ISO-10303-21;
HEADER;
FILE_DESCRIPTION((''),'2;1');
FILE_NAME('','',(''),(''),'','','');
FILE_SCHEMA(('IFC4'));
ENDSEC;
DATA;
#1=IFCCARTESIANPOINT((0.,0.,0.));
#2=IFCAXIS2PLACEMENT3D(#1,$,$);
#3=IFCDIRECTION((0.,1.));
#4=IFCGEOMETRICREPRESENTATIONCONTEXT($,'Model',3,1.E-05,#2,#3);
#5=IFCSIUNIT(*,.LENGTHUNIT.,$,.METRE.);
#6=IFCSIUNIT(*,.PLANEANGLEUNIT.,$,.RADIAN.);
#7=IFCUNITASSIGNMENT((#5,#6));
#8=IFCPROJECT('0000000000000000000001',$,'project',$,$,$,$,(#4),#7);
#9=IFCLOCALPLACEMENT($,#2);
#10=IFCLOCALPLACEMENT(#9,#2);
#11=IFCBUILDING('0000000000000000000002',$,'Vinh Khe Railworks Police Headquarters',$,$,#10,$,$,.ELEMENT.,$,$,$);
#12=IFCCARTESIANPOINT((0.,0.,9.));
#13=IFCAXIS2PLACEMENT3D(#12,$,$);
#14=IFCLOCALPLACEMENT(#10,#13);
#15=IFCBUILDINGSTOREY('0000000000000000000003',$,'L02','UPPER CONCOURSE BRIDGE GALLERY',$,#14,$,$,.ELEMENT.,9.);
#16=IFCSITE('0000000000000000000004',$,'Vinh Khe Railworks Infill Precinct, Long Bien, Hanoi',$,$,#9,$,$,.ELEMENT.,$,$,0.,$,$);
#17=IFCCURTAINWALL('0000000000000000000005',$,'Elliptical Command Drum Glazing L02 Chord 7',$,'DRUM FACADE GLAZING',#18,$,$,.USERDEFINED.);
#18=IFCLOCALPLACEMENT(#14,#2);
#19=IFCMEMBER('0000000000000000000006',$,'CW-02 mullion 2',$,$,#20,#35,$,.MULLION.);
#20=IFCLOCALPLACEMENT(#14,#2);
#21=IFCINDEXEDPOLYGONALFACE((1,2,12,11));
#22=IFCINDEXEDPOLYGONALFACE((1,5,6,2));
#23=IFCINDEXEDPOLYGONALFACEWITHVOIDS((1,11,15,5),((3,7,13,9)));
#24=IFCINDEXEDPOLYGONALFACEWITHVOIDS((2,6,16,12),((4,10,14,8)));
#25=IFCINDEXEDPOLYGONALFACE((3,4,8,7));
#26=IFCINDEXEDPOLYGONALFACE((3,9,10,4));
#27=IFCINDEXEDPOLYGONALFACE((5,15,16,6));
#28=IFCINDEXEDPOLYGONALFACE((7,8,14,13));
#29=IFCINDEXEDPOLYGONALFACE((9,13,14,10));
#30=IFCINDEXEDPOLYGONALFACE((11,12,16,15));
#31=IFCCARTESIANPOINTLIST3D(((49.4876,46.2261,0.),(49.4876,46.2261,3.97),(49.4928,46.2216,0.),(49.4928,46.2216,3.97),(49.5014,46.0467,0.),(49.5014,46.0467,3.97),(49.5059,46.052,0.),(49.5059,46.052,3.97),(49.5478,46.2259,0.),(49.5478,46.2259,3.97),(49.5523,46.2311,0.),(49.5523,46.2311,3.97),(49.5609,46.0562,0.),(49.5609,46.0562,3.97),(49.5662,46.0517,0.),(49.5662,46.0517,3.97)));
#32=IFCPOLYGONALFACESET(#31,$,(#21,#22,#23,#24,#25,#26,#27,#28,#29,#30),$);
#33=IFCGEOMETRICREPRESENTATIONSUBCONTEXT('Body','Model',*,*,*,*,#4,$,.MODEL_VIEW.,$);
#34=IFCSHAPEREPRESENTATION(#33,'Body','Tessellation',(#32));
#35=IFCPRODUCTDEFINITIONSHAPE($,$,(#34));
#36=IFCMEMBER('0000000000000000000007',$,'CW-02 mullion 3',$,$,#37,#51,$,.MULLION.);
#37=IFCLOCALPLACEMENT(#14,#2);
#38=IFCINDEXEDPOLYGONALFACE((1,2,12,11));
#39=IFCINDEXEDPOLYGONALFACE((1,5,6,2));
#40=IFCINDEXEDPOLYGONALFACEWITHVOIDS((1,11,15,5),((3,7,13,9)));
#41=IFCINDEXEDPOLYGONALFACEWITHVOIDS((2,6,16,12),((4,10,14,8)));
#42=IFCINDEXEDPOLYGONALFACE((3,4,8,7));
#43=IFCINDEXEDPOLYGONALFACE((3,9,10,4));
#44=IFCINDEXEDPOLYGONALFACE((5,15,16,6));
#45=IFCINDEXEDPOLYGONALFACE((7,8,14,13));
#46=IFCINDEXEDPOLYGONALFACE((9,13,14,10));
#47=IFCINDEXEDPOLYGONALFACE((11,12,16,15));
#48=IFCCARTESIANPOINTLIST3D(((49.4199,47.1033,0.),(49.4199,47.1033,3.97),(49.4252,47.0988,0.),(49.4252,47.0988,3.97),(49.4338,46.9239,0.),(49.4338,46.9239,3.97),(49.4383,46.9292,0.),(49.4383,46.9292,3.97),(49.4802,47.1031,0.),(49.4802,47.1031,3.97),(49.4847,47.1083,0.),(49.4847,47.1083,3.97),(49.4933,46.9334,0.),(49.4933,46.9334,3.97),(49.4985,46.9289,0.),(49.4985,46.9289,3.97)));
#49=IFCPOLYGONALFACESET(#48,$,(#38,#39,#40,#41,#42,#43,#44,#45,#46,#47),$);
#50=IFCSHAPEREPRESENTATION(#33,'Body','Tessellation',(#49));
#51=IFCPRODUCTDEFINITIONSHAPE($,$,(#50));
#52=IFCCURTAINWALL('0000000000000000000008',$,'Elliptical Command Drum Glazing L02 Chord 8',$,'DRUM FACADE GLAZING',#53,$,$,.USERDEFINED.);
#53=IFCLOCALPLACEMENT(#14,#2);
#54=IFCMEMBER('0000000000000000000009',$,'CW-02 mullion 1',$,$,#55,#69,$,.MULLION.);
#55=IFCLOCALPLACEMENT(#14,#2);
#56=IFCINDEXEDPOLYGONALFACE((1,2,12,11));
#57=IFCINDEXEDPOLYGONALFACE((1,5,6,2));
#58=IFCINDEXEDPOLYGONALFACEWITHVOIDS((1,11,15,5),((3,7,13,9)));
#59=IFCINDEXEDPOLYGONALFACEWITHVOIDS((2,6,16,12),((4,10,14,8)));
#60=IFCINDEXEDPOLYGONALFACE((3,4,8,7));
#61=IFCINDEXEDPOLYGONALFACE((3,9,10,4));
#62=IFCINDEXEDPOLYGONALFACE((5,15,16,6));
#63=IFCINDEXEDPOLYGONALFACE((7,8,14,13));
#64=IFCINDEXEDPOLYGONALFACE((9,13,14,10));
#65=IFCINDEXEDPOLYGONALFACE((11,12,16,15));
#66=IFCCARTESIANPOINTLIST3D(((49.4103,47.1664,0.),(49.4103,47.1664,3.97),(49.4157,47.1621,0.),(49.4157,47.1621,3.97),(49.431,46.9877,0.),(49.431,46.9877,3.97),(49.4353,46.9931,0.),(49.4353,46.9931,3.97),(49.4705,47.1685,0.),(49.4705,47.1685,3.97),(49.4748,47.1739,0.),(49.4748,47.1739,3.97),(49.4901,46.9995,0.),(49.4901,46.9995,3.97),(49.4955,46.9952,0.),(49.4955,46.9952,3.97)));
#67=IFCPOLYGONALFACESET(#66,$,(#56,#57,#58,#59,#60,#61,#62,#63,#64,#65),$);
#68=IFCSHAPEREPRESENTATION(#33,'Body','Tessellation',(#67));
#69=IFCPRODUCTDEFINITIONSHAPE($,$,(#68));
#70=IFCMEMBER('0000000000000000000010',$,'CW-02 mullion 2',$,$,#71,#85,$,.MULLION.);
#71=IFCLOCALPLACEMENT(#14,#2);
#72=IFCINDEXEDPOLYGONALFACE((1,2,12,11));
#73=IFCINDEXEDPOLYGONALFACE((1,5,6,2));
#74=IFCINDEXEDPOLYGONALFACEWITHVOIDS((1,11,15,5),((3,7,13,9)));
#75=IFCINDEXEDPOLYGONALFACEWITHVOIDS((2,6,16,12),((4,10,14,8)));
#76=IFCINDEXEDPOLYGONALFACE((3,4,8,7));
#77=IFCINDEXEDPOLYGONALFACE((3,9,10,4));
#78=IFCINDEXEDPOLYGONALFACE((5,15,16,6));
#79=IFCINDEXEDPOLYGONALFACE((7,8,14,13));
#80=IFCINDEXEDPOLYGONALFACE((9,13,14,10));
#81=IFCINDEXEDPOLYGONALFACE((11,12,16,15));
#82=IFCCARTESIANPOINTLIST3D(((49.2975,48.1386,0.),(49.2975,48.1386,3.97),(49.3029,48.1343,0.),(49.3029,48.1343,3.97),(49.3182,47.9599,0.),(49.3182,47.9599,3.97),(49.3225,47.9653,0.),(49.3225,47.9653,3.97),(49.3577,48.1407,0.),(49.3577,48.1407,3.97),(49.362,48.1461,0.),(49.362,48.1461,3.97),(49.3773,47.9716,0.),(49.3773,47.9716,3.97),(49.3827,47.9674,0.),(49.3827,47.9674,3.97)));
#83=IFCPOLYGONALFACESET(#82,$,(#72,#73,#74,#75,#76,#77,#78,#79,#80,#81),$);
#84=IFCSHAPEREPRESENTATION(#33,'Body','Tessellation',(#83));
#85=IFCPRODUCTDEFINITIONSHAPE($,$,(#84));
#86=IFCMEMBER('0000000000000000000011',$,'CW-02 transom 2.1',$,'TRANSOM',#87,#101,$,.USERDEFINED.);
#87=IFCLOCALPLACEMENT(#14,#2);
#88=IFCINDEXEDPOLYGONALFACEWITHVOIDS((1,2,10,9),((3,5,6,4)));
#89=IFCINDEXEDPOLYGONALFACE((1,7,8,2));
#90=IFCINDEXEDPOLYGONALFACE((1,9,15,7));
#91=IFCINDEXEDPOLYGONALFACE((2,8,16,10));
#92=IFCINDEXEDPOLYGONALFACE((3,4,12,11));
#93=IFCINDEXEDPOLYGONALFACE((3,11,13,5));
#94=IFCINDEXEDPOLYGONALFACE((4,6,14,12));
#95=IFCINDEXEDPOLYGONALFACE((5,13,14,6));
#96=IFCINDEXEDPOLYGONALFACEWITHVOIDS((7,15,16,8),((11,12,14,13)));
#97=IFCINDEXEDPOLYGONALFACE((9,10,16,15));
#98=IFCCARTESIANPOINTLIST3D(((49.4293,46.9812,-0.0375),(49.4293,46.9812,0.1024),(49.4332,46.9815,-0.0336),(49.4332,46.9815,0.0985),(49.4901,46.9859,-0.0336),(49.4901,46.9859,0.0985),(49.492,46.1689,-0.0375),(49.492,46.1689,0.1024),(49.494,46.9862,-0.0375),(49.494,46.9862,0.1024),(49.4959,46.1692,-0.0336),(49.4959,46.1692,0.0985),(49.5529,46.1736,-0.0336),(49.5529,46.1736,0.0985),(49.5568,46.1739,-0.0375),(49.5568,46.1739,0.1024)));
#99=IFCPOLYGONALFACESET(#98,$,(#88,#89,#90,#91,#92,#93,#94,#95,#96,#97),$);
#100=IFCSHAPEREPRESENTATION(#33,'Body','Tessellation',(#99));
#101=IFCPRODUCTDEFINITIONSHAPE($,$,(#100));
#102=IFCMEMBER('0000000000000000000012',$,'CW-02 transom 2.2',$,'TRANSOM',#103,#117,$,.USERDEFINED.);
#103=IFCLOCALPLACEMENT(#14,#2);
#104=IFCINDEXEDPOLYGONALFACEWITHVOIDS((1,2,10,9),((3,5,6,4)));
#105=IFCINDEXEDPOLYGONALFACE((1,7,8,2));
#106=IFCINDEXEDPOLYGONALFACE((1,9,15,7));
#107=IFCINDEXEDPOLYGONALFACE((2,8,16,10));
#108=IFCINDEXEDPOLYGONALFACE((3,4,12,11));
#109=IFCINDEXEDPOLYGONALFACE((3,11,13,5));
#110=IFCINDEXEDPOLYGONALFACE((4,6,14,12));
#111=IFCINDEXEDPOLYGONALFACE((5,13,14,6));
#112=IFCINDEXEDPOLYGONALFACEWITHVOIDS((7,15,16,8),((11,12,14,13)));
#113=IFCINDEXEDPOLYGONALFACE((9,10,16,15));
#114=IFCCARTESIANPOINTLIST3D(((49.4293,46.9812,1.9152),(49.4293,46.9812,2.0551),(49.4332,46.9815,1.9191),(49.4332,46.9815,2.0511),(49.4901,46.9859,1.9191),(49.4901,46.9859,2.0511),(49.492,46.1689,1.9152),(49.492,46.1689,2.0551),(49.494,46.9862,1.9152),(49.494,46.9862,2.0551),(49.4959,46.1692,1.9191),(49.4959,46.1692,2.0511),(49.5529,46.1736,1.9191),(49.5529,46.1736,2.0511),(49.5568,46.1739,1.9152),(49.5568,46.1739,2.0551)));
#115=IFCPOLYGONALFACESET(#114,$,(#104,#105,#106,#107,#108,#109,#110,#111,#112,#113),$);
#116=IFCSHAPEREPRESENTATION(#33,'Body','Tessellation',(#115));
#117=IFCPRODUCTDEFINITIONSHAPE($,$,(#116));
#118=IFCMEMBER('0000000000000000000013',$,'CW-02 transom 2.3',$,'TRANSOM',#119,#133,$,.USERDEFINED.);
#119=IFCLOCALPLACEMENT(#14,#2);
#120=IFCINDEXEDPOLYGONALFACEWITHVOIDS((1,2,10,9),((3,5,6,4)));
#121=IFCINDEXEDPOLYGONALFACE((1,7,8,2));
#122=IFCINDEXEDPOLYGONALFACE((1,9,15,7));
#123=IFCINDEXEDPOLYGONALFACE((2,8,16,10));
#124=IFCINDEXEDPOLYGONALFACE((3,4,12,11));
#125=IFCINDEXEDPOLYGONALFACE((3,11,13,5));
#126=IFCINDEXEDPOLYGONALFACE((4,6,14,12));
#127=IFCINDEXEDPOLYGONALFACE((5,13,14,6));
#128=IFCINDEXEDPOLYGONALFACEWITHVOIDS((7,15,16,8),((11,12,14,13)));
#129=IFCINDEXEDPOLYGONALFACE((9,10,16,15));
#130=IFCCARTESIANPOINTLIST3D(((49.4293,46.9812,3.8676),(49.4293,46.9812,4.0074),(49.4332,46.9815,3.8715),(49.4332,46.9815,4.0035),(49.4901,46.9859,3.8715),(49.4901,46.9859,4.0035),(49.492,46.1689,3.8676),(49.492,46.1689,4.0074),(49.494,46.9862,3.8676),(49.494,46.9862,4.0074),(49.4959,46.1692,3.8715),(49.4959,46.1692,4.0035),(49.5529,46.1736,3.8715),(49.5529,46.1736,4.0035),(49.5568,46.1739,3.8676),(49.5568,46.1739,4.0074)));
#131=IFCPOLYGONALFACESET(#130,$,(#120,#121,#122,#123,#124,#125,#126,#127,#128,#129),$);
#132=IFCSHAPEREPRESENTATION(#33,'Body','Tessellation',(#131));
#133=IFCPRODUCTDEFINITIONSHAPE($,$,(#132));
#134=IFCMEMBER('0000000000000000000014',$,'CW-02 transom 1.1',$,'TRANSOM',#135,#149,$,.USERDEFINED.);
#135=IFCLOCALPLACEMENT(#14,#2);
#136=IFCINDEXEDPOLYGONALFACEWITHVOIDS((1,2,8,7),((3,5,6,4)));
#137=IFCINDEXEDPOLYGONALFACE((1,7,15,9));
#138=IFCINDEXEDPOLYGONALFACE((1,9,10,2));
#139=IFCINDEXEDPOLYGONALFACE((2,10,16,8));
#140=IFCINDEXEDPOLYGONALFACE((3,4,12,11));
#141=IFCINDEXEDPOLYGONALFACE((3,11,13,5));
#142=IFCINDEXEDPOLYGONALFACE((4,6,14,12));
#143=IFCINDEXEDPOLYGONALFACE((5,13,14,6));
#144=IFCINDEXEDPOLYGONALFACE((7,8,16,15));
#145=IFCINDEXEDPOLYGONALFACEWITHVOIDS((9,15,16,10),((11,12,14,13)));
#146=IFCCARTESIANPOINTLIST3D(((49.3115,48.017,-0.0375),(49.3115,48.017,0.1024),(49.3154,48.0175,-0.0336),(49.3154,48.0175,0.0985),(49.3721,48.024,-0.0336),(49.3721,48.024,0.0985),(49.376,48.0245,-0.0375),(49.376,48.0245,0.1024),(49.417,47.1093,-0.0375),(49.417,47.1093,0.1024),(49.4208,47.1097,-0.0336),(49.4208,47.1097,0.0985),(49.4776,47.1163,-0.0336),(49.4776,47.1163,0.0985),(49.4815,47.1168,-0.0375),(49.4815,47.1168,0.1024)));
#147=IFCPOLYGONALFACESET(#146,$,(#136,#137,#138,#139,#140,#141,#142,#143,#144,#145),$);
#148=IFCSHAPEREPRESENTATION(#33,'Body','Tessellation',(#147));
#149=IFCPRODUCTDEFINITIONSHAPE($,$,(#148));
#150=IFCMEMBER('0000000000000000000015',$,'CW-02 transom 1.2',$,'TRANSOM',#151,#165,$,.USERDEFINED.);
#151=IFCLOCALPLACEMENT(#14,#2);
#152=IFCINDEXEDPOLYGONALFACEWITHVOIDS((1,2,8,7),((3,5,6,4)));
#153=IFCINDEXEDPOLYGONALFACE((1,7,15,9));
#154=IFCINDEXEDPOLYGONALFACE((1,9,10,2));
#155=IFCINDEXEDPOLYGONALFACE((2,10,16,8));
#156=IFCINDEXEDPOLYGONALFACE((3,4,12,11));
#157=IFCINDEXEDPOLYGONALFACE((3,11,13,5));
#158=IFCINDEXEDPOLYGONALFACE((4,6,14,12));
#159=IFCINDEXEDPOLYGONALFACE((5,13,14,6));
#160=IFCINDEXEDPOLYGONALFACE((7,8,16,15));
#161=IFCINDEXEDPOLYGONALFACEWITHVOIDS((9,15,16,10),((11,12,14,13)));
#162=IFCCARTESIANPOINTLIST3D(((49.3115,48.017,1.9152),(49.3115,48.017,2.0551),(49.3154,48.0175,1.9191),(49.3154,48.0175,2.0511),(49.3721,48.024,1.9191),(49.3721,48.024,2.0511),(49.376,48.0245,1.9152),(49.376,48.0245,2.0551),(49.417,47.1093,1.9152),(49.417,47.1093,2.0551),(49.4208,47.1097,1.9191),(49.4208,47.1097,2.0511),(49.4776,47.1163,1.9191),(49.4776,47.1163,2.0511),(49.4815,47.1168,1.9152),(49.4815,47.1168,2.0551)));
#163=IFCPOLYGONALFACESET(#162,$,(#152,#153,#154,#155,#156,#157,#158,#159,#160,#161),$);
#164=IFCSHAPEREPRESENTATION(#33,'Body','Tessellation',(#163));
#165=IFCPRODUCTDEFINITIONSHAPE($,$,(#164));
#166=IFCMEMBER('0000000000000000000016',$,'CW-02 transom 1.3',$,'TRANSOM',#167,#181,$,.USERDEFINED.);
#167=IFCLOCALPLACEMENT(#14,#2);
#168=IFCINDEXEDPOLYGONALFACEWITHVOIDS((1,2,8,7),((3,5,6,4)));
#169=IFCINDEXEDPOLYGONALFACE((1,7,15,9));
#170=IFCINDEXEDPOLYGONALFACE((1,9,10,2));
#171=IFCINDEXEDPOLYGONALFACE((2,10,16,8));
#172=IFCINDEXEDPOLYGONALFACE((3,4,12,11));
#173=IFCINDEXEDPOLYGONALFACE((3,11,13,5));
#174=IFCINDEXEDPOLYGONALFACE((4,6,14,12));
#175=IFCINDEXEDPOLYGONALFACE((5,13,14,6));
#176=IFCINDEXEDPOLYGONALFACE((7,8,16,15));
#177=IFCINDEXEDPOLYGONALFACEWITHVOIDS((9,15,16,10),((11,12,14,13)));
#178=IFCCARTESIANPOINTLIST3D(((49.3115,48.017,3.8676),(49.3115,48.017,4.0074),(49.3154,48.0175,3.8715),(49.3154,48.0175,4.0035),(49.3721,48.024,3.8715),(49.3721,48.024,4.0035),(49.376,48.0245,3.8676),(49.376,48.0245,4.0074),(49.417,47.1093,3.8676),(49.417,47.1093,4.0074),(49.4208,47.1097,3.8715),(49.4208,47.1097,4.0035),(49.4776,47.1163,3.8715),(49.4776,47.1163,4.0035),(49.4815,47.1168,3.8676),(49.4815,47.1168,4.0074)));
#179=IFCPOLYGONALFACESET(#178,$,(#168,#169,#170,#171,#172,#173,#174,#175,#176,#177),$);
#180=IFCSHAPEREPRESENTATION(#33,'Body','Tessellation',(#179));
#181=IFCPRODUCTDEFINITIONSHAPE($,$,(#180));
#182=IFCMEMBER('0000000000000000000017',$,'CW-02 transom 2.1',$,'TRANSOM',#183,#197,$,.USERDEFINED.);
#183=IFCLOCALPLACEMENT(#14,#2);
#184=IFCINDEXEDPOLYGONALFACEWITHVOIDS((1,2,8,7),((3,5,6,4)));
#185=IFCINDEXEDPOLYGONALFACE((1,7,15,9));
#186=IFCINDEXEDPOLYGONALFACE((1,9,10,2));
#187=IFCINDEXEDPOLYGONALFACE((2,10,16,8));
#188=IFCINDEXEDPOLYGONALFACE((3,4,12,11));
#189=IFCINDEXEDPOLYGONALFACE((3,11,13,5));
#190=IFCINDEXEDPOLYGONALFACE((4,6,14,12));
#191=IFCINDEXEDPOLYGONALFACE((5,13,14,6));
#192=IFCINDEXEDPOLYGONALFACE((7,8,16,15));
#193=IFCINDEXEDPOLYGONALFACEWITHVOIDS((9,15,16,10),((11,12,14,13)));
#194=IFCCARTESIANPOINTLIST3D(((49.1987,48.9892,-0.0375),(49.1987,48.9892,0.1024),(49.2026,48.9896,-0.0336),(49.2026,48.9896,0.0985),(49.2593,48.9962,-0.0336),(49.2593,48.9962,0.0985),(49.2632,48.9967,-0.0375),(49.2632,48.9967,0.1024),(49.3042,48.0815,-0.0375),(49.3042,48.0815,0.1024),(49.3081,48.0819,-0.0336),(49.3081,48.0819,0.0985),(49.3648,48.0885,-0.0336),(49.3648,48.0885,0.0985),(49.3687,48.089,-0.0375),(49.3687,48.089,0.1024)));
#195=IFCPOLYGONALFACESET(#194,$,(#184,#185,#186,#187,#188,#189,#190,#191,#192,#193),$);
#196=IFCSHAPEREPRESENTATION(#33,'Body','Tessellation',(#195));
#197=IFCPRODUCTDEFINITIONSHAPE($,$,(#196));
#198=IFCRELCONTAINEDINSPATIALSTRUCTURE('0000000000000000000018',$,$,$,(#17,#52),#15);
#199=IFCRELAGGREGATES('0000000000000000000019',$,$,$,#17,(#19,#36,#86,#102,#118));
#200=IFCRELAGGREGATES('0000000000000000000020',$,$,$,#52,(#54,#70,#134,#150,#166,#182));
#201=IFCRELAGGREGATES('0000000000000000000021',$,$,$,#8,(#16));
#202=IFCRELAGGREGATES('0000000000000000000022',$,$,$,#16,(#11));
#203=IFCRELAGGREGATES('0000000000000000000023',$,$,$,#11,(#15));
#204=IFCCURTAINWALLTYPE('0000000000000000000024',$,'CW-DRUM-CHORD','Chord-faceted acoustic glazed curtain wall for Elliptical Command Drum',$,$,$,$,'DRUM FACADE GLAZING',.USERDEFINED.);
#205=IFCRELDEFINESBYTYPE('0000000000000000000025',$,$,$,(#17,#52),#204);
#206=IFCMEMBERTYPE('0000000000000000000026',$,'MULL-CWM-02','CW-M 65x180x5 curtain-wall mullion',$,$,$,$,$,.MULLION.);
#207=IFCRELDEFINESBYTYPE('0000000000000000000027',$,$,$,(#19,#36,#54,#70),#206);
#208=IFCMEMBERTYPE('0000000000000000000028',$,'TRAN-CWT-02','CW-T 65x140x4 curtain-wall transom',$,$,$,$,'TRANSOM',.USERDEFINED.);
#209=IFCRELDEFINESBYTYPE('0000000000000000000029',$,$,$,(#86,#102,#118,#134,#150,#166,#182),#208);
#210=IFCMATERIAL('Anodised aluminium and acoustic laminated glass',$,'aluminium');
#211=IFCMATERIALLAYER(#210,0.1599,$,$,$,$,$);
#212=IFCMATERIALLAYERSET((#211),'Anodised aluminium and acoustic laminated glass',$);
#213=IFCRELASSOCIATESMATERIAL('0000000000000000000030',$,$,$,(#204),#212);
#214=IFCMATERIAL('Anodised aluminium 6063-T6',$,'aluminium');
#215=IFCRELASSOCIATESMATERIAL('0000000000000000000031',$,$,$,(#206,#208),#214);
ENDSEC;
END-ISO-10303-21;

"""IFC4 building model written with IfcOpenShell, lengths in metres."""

from ifc_helpers import new_model, si_unit, direction, frame, origin, origin_2d, place, context, subcontext, project, spatial, hollow_rectangle, extrude, material, layer, layer_set, material_profile, profile_set, type_object, element, aggregate, save


model = new_model("IFC4")

# Units and contexts
model_context = context("Model", 3, precision=1e-05, world=origin(), true_north=direction((0.0, 1.0)))
body_context = subcontext(model_context, "Body", "Model", "MODEL_VIEW")
ifc_project = project(units=[si_unit("LENGTHUNIT", "METRE"), si_unit("PLANEANGLEUNIT", "RADIAN")], contexts=[model_context])

# Site, building, storey
site_placement = place(None, origin())
site = spatial("IfcSite", under=ifc_project, at=site_placement, Name="Vinh Khe Railworks Infill Precinct, Long Bien, Hanoi", CompositionType="ELEMENT", RefElevation=0.0)
building_placement = place(site_placement, origin())
building = spatial("IfcBuilding", under=site, at=building_placement, Name="Vinh Khe Railworks Police Headquarters", CompositionType="ELEMENT")
storey_placement = place(building_placement, frame((0.0, 0.0, 9.0)))
storey = spatial("IfcBuildingStorey", under=building, at=storey_placement, Name="L02", Description="UPPER CONCOURSE BRIDGE GALLERY", CompositionType="ELEMENT", Elevation=9.0)

# Curtain walls, members
ifc_material_1 = material(Name="Anodised aluminium and acoustic laminated glass", Category="aluminium")
ifc_layer_1 = layer(ifc_material_1, 0.1599)
ifc_layer_set_1 = layer_set([ifc_layer_1], Name="Anodised aluminium and acoustic laminated glass")
curtain_wall_type = type_object("IfcCurtainWallType", Name="CW-DRUM-CHORD", Description="Chord-faceted acoustic glazed curtain wall for Elliptical Command Drum", ElementType="DRUM FACADE GLAZING", PredefinedType="USERDEFINED", material=ifc_layer_set_1)
curtain_wall_1_placement = place(storey_placement, origin())
curtain_wall_1 = element("IfcCurtainWall", 1, at=curtain_wall_1_placement, inside=storey, type_object=curtain_wall_type, Name="Elliptical Command Drum Glazing L02 Chord 7", ObjectType="DRUM FACADE GLAZING", PredefinedType="USERDEFINED")
ifc_material_2 = material(Name="Anodised aluminium 6063-T6", Category="aluminium")
ifc_material_profile_1 = material_profile(ifc_material_2, hollow_rectangle(XDim=0.0649, YDim=0.1799, WallThickness=0.0049, at=origin_2d()), Name="CW-M 65x180x5")
ifc_profile_set_1 = profile_set([ifc_material_profile_1], Name="Anodised aluminium 6063-T6")
member_type_1 = type_object("IfcMemberType", Name="MULL-CWM-02", Description="CW-M 65x180x5 curtain-wall mullion", PredefinedType="MULLION", material=ifc_profile_set_1)
member_1_placement = place(storey_placement, frame((49.5269, 46.1389, 0.0), z_axis=(0.0, 0.0, 1.0), x_axis=(-0.997033, -0.076969, 0.0)))
member_1 = element("IfcMember", 2, at=member_1_placement, type_object=member_type_1, Name="CW-02 mullion 2", PredefinedType="MULLION", context=body_context, shape_type="SweptSolid", body=[
    extrude(hollow_rectangle(XDim=0.0649, YDim=0.1799, WallThickness=0.0049, at=origin_2d()), origin(), (0.0, 0.0, 1.0), 3.97),
])
member_2_placement = place(storey_placement, frame((49.4592, 47.0161, 0.0), z_axis=(0.0, 0.0, 1.0), x_axis=(-0.997033, -0.076969, 0.0)))
member_2 = element("IfcMember", 3, at=member_2_placement, type_object=member_type_1, Name="CW-02 mullion 3", PredefinedType="MULLION", context=body_context, shape_type="SweptSolid", body=[
    extrude(hollow_rectangle(XDim=0.0649, YDim=0.1799, WallThickness=0.0049, at=origin_2d()), origin(), (0.0, 0.0, 1.0), 3.97),
])
curtain_wall_2_placement = place(storey_placement, origin())
curtain_wall_2 = element("IfcCurtainWall", 4, at=curtain_wall_2_placement, inside=storey, type_object=curtain_wall_type, Name="Elliptical Command Drum Glazing L02 Chord 8", ObjectType="DRUM FACADE GLAZING", PredefinedType="USERDEFINED")
member_3_placement = place(storey_placement, frame((49.4529, 47.0808, 0.0), z_axis=(0.0, 0.0, 1.0), x_axis=(-0.993329, -0.115318, 0.0)))
member_3 = element("IfcMember", 5, at=member_3_placement, type_object=member_type_1, Name="CW-02 mullion 1", PredefinedType="MULLION", context=body_context, shape_type="SweptSolid", body=[
    extrude(hollow_rectangle(XDim=0.0649, YDim=0.1799, WallThickness=0.0049, at=origin_2d()), origin(), (0.0, 0.0, 1.0), 3.97),
])
member_4_placement = place(storey_placement, frame((49.3401, 48.053, 0.0), z_axis=(0.0, 0.0, 1.0), x_axis=(-0.993329, -0.115318, 0.0)))
member_4 = element("IfcMember", 6, at=member_4_placement, type_object=member_type_1, Name="CW-02 mullion 2", PredefinedType="MULLION", context=body_context, shape_type="SweptSolid", body=[
    extrude(hollow_rectangle(XDim=0.0649, YDim=0.1799, WallThickness=0.0049, at=origin_2d()), origin(), (0.0, 0.0, 1.0), 3.97),
])

# Members
ifc_material_profile_2 = material_profile(ifc_material_2, hollow_rectangle(XDim=0.0649, YDim=0.1399, WallThickness=0.0039, at=origin_2d()), Name="CW-T 65x140x4")
ifc_profile_set_2 = profile_set([ifc_material_profile_2], Name="Anodised aluminium 6063-T6")
member_type_2 = type_object("IfcMemberType", Name="TRAN-CWT-02", Description="CW-T 65x140x4 curtain-wall transom", ElementType="TRANSOM", PredefinedType="USERDEFINED", material=ifc_profile_set_2)
member_5_placement = place(storey_placement, frame((49.5244, 46.1714, 0.0325), z_axis=(-0.077017, 0.99703, 0.0), x_axis=(-0.99703, -0.077017, 0.0)))
member_5 = element("IfcMember", 7, at=member_5_placement, type_object=member_type_2, Name="CW-02 transom 2.1", ObjectType="TRANSOM", PredefinedType="USERDEFINED", context=body_context, shape_type="SweptSolid", body=[
    extrude(hollow_rectangle(XDim=0.0649, YDim=0.1399, WallThickness=0.0039, at=origin_2d()), origin(), (0.0, 0.0, 1.0), 0.8147),
])
member_6_placement = place(storey_placement, frame((49.5244, 46.1714, 1.9851), z_axis=(-0.077017, 0.99703, 0.0), x_axis=(-0.99703, -0.077017, 0.0)))
member_6 = element("IfcMember", 8, at=member_6_placement, type_object=member_type_2, Name="CW-02 transom 2.2", ObjectType="TRANSOM", PredefinedType="USERDEFINED", context=body_context, shape_type="SweptSolid", body=[
    extrude(hollow_rectangle(XDim=0.0649, YDim=0.1399, WallThickness=0.0039, at=origin_2d()), origin(), (0.0, 0.0, 1.0), 0.8147),
])
member_7_placement = place(storey_placement, frame((49.5244, 46.1714, 3.9375), z_axis=(-0.077017, 0.99703, 0.0), x_axis=(-0.99703, -0.077017, 0.0)))
member_7 = element("IfcMember", 9, at=member_7_placement, type_object=member_type_2, Name="CW-02 transom 2.3", ObjectType="TRANSOM", PredefinedType="USERDEFINED", context=body_context, shape_type="SweptSolid", body=[
    extrude(hollow_rectangle(XDim=0.0649, YDim=0.1399, WallThickness=0.0039, at=origin_2d()), origin(), (0.0, 0.0, 1.0), 0.8147),
])
member_8_placement = place(storey_placement, frame((49.4492, 47.113, 0.0325), z_axis=(-0.115415, 0.993317, 0.0), x_axis=(-0.993317, -0.115415, 0.0)))
member_8 = element("IfcMember", 10, at=member_8_placement, type_object=member_type_2, Name="CW-02 transom 1.1", ObjectType="TRANSOM", PredefinedType="USERDEFINED", context=body_context, shape_type="SweptSolid", body=[
    extrude(hollow_rectangle(XDim=0.0649, YDim=0.1399, WallThickness=0.0039, at=origin_2d()), origin(), (0.0, 0.0, 1.0), 0.9138),
])
member_9_placement = place(storey_placement, frame((49.4492, 47.113, 1.9851), z_axis=(-0.115415, 0.993317, 0.0), x_axis=(-0.993317, -0.115415, 0.0)))
member_9 = element("IfcMember", 11, at=member_9_placement, type_object=member_type_2, Name="CW-02 transom 1.2", ObjectType="TRANSOM", PredefinedType="USERDEFINED", context=body_context, shape_type="SweptSolid", body=[
    extrude(hollow_rectangle(XDim=0.0649, YDim=0.1399, WallThickness=0.0039, at=origin_2d()), origin(), (0.0, 0.0, 1.0), 0.9138),
])
member_10_placement = place(storey_placement, frame((49.4492, 47.113, 3.9375), z_axis=(-0.115415, 0.993317, 0.0), x_axis=(-0.993317, -0.115415, 0.0)))
member_10 = element("IfcMember", 12, at=member_10_placement, type_object=member_type_2, Name="CW-02 transom 1.3", ObjectType="TRANSOM", PredefinedType="USERDEFINED", context=body_context, shape_type="SweptSolid", body=[
    extrude(hollow_rectangle(XDim=0.0649, YDim=0.1399, WallThickness=0.0039, at=origin_2d()), origin(), (0.0, 0.0, 1.0), 0.9138),
])
member_11_placement = place(storey_placement, frame((49.3364, 48.0852, 0.0325), z_axis=(-0.115415, 0.993317, 0.0), x_axis=(-0.993317, -0.115415, 0.0)))
member_11 = element("IfcMember", 13, at=member_11_placement, type_object=member_type_2, Name="CW-02 transom 2.1", ObjectType="TRANSOM", PredefinedType="USERDEFINED", context=body_context, shape_type="SweptSolid", body=[
    extrude(hollow_rectangle(XDim=0.0649, YDim=0.1399, WallThickness=0.0039, at=origin_2d()), origin(), (0.0, 0.0, 1.0), 0.9138),
])

aggregate(curtain_wall_1, [member_1, member_2, member_5, member_6, member_7])
aggregate(curtain_wall_2, [member_3, member_4, member_8, member_9, member_10, member_11])

save(model, "model.ifc")
